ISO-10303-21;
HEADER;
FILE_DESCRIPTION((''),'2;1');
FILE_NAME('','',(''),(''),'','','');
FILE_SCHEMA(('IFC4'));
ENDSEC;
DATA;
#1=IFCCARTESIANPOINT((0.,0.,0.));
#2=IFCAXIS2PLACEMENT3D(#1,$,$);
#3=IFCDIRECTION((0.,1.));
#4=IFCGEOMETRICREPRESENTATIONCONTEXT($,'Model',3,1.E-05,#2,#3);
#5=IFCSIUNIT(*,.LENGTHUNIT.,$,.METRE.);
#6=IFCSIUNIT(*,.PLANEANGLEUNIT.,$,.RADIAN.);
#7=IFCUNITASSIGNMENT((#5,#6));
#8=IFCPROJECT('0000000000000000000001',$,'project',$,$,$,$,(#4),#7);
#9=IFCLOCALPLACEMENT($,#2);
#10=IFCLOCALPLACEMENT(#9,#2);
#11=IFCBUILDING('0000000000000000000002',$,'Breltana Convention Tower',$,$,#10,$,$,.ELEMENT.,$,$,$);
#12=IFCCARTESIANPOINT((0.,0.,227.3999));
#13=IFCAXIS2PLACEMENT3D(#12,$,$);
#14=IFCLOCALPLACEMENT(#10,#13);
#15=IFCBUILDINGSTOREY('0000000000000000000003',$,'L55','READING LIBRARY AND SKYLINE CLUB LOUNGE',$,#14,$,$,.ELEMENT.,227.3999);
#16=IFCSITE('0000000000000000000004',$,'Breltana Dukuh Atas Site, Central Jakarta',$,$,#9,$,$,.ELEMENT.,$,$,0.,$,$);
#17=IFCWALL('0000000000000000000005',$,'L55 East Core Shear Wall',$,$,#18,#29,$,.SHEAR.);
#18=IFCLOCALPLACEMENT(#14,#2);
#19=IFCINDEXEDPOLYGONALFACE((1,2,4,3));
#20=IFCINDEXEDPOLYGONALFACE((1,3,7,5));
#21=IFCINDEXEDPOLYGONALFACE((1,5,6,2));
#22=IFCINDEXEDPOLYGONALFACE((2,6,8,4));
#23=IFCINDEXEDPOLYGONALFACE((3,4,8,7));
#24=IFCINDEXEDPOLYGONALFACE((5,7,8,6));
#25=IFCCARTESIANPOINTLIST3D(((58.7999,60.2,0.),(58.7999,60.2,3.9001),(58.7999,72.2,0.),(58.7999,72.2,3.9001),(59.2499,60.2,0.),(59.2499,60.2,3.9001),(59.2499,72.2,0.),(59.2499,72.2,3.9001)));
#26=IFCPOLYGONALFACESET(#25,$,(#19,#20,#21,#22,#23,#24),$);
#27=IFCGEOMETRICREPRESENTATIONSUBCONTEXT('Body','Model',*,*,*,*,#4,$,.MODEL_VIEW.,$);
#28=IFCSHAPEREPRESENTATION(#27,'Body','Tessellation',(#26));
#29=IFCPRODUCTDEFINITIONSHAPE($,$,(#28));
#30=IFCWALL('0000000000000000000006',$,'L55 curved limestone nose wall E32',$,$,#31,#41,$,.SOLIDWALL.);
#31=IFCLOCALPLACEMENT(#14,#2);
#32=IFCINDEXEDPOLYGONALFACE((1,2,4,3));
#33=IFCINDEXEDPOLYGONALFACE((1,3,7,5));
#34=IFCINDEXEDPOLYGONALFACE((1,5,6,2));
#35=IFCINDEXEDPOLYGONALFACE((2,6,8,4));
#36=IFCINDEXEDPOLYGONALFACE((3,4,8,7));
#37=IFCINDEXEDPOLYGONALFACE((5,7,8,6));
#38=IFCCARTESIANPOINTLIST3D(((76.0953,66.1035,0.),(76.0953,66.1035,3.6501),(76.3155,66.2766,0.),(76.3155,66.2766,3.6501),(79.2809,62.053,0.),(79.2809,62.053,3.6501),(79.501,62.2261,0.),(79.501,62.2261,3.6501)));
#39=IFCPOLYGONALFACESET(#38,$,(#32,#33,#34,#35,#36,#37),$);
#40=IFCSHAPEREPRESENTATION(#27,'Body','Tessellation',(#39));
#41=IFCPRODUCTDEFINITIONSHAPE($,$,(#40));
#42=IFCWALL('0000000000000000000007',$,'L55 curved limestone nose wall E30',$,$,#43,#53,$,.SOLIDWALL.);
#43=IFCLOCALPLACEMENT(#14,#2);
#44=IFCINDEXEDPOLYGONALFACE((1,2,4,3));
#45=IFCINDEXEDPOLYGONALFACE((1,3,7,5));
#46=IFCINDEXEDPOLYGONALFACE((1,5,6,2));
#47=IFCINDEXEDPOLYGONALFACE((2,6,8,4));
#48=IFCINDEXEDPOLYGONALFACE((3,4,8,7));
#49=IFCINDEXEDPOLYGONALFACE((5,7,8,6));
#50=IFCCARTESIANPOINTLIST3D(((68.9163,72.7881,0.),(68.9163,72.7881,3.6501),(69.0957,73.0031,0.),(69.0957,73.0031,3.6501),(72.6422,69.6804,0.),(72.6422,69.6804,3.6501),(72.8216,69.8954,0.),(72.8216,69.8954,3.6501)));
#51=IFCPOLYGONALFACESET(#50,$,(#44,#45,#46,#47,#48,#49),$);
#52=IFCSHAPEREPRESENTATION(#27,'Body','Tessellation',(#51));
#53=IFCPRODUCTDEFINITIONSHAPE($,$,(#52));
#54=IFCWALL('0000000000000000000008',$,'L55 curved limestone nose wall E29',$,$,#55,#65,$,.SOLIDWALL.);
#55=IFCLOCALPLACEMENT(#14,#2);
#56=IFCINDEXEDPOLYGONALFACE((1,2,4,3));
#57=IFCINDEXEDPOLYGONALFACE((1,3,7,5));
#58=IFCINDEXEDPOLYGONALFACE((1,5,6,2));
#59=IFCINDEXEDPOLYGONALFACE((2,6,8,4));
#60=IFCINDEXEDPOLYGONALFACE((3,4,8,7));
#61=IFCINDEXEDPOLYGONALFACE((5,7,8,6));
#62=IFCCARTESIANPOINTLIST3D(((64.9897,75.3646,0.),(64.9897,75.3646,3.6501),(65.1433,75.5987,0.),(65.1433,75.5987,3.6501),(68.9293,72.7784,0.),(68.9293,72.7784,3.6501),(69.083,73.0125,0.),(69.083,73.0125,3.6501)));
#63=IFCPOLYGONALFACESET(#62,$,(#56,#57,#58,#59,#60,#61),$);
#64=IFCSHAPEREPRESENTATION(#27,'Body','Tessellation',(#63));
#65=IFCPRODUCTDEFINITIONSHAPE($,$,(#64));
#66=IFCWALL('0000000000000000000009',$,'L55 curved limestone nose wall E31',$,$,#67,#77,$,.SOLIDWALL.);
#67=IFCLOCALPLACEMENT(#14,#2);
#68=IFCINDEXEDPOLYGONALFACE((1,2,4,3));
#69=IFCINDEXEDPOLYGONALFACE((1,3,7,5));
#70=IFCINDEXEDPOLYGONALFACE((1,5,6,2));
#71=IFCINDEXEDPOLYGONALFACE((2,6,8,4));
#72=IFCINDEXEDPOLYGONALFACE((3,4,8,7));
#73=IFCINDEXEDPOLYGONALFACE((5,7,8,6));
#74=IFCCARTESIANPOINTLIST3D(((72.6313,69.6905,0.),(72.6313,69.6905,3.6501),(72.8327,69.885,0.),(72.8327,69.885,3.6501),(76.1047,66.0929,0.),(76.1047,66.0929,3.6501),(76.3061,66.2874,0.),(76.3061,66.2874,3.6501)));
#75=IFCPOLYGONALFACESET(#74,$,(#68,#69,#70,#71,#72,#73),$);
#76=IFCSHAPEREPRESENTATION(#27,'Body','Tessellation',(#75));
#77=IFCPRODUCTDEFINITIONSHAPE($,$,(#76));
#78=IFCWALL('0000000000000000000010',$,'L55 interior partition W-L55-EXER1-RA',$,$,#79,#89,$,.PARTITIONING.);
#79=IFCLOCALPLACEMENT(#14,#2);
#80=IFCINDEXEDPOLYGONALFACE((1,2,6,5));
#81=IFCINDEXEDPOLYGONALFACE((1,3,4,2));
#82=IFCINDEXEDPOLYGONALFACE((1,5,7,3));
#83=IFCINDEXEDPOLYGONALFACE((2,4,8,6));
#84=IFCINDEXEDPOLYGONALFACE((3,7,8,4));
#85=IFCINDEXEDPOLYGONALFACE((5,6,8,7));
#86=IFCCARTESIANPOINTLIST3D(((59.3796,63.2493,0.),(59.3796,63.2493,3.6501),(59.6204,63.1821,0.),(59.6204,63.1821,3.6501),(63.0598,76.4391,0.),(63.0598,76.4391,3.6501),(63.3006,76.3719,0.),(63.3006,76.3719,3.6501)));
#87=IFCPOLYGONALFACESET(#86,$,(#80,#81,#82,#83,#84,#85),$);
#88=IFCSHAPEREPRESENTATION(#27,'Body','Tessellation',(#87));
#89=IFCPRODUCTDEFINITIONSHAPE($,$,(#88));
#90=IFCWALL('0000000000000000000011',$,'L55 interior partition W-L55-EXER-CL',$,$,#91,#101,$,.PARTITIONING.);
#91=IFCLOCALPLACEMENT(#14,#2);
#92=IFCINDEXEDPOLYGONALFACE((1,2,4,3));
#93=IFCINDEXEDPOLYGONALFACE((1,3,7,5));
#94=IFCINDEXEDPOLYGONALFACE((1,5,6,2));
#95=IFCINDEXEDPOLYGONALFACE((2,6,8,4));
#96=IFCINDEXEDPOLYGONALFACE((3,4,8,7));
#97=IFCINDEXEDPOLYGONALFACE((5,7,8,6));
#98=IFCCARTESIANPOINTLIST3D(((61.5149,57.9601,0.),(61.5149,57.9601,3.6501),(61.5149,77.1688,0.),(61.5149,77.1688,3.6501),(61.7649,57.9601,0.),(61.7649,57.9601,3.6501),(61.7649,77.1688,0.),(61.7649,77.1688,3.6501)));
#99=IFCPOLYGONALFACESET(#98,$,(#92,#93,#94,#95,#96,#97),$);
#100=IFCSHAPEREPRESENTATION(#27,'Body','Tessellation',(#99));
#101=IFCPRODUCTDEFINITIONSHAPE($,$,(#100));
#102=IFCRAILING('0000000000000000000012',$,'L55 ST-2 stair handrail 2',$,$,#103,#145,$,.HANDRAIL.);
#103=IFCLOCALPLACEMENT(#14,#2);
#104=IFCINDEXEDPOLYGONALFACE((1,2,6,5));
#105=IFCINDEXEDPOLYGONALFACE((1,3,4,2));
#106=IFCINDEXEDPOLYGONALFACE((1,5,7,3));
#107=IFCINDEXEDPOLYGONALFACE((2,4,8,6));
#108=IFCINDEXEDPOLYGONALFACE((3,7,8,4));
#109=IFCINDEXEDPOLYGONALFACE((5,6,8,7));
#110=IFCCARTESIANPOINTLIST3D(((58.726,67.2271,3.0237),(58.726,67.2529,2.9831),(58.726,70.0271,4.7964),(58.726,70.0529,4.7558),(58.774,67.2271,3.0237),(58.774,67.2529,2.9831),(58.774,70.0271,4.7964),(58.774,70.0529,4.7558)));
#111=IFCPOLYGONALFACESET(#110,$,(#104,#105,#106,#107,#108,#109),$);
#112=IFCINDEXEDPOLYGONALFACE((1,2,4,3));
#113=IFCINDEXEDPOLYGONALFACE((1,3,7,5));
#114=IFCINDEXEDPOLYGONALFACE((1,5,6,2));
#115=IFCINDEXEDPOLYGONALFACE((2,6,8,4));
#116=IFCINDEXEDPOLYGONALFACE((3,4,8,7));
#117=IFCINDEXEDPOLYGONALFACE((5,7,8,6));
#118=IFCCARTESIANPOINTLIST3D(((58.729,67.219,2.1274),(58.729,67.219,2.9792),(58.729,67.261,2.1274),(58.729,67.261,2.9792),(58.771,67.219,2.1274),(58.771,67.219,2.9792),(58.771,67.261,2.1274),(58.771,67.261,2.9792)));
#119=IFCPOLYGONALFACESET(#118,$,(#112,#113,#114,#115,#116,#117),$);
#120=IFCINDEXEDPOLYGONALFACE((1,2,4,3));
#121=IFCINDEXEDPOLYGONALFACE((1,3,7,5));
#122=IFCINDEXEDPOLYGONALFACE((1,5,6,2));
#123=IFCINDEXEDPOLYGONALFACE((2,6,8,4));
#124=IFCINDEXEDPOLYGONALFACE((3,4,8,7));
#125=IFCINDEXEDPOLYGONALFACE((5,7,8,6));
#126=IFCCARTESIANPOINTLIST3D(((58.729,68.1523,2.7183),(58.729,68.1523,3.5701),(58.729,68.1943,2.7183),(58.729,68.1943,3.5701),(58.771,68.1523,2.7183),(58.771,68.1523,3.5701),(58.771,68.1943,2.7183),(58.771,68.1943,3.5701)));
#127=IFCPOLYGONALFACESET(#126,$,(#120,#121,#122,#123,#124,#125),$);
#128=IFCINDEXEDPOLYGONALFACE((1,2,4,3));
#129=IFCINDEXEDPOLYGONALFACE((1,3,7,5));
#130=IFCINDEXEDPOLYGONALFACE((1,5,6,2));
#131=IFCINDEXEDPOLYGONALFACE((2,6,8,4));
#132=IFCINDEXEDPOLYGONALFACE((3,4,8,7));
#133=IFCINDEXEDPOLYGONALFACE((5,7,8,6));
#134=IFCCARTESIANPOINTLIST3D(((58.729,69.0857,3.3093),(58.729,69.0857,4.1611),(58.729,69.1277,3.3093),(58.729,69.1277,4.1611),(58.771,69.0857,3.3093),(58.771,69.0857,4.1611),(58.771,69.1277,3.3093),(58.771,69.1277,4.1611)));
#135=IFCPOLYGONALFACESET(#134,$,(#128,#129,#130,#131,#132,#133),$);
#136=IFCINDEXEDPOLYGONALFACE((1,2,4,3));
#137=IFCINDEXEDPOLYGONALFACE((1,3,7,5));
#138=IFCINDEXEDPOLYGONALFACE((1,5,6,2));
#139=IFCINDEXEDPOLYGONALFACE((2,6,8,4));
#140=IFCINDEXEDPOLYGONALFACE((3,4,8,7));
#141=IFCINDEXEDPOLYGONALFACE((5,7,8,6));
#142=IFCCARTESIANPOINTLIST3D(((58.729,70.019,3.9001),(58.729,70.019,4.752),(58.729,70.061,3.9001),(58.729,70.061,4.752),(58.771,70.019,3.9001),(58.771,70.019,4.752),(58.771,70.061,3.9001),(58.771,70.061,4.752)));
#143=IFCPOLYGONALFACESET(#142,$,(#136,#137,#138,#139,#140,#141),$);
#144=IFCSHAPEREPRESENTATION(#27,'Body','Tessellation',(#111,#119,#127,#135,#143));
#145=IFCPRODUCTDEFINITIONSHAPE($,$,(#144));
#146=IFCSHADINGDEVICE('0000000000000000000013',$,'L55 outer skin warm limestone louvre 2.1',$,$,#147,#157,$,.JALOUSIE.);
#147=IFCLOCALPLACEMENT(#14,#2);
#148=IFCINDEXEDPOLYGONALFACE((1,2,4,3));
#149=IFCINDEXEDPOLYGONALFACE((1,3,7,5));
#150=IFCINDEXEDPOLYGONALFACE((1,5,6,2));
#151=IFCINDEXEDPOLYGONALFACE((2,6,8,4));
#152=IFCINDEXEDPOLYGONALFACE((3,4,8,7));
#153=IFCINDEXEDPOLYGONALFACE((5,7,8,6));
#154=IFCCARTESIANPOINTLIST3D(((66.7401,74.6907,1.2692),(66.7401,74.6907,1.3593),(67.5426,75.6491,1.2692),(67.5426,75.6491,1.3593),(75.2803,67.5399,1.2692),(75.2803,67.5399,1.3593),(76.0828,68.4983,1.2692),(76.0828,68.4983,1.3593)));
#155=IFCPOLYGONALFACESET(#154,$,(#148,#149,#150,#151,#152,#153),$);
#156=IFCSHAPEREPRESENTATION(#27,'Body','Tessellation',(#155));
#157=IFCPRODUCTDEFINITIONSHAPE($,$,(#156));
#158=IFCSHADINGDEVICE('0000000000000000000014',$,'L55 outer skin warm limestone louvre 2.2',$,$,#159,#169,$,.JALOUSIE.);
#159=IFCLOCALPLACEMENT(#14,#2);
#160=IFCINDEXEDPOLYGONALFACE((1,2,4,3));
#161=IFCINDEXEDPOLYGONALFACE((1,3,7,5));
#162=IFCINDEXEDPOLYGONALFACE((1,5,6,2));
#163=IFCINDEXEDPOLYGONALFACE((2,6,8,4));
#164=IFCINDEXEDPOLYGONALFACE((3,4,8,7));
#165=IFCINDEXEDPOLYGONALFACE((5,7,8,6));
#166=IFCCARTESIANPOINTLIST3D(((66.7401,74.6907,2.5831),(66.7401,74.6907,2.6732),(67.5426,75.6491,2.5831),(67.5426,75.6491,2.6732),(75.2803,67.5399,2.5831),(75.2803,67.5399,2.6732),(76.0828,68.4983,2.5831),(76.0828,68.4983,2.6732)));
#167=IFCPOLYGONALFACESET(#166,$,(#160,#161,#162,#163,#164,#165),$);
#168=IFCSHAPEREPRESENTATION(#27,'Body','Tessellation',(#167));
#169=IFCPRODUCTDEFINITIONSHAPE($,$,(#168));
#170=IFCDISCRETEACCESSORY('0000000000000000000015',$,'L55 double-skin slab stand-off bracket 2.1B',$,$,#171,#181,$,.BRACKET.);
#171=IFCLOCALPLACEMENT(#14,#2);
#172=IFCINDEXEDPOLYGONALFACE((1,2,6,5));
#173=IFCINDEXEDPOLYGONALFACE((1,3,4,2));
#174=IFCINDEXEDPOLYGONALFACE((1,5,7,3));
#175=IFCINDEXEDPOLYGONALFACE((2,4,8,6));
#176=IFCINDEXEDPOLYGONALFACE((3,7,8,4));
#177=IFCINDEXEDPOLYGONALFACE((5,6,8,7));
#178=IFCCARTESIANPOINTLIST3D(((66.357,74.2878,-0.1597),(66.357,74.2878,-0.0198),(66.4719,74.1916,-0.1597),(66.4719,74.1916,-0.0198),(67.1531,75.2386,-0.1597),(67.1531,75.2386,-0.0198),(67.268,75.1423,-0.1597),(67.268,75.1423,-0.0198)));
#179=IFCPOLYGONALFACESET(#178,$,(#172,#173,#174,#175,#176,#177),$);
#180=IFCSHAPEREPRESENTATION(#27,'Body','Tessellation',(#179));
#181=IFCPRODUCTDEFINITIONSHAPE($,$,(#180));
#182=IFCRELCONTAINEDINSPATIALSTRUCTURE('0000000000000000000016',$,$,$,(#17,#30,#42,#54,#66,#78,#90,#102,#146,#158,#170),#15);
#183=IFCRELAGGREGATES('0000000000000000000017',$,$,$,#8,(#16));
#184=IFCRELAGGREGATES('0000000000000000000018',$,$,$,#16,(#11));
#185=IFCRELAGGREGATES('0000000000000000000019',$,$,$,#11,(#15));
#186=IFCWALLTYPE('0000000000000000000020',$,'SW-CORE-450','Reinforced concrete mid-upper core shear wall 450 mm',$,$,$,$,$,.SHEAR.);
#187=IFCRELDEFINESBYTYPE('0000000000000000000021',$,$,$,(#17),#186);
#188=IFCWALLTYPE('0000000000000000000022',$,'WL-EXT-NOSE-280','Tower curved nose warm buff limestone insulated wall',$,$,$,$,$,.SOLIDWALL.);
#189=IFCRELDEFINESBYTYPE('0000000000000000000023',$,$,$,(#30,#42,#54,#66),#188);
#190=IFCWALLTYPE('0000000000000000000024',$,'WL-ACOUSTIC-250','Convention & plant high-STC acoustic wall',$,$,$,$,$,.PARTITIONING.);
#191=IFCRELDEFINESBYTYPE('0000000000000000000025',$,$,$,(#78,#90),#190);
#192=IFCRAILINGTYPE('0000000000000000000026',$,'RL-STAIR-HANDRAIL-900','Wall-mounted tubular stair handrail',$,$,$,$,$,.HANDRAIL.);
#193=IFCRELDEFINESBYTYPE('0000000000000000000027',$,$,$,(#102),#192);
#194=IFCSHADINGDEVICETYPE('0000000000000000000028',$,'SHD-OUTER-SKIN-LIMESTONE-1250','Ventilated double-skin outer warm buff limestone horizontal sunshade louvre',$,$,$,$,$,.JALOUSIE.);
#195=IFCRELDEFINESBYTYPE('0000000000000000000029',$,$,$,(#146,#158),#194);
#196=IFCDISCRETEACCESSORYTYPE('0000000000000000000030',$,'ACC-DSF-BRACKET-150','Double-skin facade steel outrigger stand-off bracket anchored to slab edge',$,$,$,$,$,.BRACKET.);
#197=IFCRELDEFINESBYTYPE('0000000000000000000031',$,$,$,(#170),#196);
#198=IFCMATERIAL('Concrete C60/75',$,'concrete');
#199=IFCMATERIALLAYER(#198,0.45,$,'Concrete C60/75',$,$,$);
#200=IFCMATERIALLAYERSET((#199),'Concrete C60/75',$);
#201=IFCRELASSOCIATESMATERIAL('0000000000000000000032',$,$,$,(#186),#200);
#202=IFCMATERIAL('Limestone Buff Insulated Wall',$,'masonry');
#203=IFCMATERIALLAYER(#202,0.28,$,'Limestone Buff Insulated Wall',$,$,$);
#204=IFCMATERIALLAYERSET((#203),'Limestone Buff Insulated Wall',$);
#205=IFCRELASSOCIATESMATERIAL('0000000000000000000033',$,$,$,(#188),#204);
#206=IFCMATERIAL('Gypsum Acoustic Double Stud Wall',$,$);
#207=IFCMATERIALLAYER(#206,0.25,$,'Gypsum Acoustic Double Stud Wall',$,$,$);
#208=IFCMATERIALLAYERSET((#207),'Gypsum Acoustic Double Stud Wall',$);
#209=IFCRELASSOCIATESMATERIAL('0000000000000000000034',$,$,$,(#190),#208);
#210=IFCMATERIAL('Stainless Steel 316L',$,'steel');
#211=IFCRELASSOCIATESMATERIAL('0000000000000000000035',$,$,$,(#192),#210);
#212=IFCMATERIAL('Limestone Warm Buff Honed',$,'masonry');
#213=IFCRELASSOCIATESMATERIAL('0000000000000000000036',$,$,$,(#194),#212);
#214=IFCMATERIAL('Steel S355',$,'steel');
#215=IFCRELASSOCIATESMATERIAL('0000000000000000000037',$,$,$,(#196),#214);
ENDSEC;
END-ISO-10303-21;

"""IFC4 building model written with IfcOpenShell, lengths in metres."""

from ifc_helpers import new_model, si_unit, direction, frame, frame_2d, origin, origin_2d, place, context, subcontext, project, spatial, rectangle, extrude, source, transform, mapped, material, layer, layer_set, material_profile, profile_set, type_object, type_shapes, element, save


model = new_model("IFC4")

# Units and contexts
model_context = context("Model", 3, precision=1e-05, world=origin(), true_north=direction((0.0, 1.0)))
body_context = subcontext(model_context, "Body", "Model", "MODEL_VIEW")
ifc_project = project(units=[si_unit("LENGTHUNIT", "METRE"), si_unit("PLANEANGLEUNIT", "RADIAN")], contexts=[model_context])

# Site, building, storey
site_placement = place(None, origin())
site = spatial("IfcSite", under=ifc_project, at=site_placement, Name="Breltana Dukuh Atas Site, Central Jakarta", CompositionType="ELEMENT", RefElevation=0.0)
building_placement = place(site_placement, origin())
building = spatial("IfcBuilding", under=site, at=building_placement, Name="Breltana Convention Tower", CompositionType="ELEMENT")
storey_placement = place(building_placement, frame((0.0, 0.0, 227.3999)))
storey = spatial("IfcBuildingStorey", under=building, at=storey_placement, Name="L55", Description="READING LIBRARY AND SKYLINE CLUB LOUNGE", CompositionType="ELEMENT", Elevation=227.3999)

# Walls
ifc_material_1 = material(Name="Concrete C60/75", Category="concrete")
ifc_layer_1 = layer(ifc_material_1, 0.45, Name="Concrete C60/75")
ifc_layer_set_1 = layer_set([ifc_layer_1], Name="Concrete C60/75")
wall_type_1 = type_object("IfcWallType", Name="SW-CORE-450", Description="Reinforced concrete mid-upper core shear wall 450 mm", PredefinedType="SHEAR", material=ifc_layer_set_1)
shared_shape_1 = source(origin(), body_context, "Body", "SweptSolid", [
    extrude(rectangle(XDim=12.0, YDim=0.45, at=frame_2d((6.0, 0.0))), origin(), (0.0, 0.0, 1.0), 3.9001),
])
wall_1_placement = place(storey_placement, frame((59.0249, 60.2, 0.0), z_axis=(0.0, 0.0, 1.0), x_axis=(0.0, 1.0, 0.0)))
element("IfcWall", 1, at=wall_1_placement, inside=storey, type_object=wall_type_1, Name="L55 East Core Shear Wall", PredefinedType="SHEAR", context=body_context, shape_type="MappedRepresentation", body=[
    mapped(shared_shape_1, transform((0.0, 0.0, 0.0), scale=1.0)),
])
ifc_material_2 = material(Name="Limestone Buff Insulated Wall", Category="masonry")
ifc_layer_2 = layer(ifc_material_2, 0.28, Name="Limestone Buff Insulated Wall")
ifc_layer_set_2 = layer_set([ifc_layer_2], Name="Limestone Buff Insulated Wall")
wall_type_2 = type_object("IfcWallType", Name="WL-EXT-NOSE-280", Description="Tower curved nose warm buff limestone insulated wall", PredefinedType="SOLIDWALL", material=ifc_layer_set_2)
shared_shape_2 = source(origin(), body_context, "Body", "SweptSolid", [
    extrude(rectangle(XDim=5.1531, YDim=0.28, at=frame_2d((2.5767, 0.0))), origin(), (0.0, 0.0, 1.0), 3.6501),
])
wall_2_placement = place(storey_placement, frame((76.2053, 66.1902, 0.0), z_axis=(0.0, 0.0, 1.0), x_axis=(0.618179, -0.786037, 0.0)))
element("IfcWall", 2, at=wall_2_placement, inside=storey, type_object=wall_type_2, Name="L55 curved limestone nose wall E32", PredefinedType="SOLIDWALL", context=body_context, shape_type="MappedRepresentation", body=[
    mapped(shared_shape_2, transform((0.0, 0.0, 0.0), scale=1.0)),
])
shared_shape_3 = source(origin(), body_context, "Body", "SweptSolid", [
    extrude(rectangle(XDim=4.8518, YDim=0.28, at=frame_2d((2.4258, 0.0))), origin(), (0.0, 0.0, 1.0), 3.6501),
])
wall_3_placement = place(storey_placement, frame((69.0061, 72.8955, 0.0), z_axis=(0.0, 0.0, 1.0), x_axis=(0.767937, -0.640526, 0.0)))
element("IfcWall", 3, at=wall_3_placement, inside=storey, type_object=wall_type_2, Name="L55 curved limestone nose wall E30", PredefinedType="SOLIDWALL", context=body_context, shape_type="MappedRepresentation", body=[
    mapped(shared_shape_3, transform((0.0, 0.0, 0.0), scale=1.0)),
])
shared_shape_4 = source(origin(), body_context, "Body", "SweptSolid", [
    extrude(rectangle(XDim=4.7126, YDim=0.28, at=frame_2d((2.3564, 0.0))), origin(), (0.0, 0.0, 1.0), 3.6501),
])
wall_4_placement = place(storey_placement, frame((65.0664, 75.4817, 0.0), z_axis=(0.0, 0.0, 1.0), x_axis=(0.835974, -0.548768, 0.0)))
element("IfcWall", 4, at=wall_4_placement, inside=storey, type_object=wall_type_2, Name="L55 curved limestone nose wall E29", PredefinedType="SOLIDWALL", context=body_context, shape_type="MappedRepresentation", body=[
    mapped(shared_shape_4, transform((0.0, 0.0, 0.0), scale=1.0)),
])
shared_shape_5 = source(origin(), body_context, "Body", "SweptSolid", [
    extrude(rectangle(XDim=5.0007, YDim=0.28, at=frame_2d((2.5005, 0.0))), origin(), (0.0, 0.0, 1.0), 3.6501),
])
wall_5_placement = place(storey_placement, frame((72.7319, 69.7878, 0.0), z_axis=(0.0, 0.0, 1.0), x_axis=(0.694573, -0.719422, 0.0)))
element("IfcWall", 5, at=wall_5_placement, inside=storey, type_object=wall_type_2, Name="L55 curved limestone nose wall E31", PredefinedType="SOLIDWALL", context=body_context, shape_type="MappedRepresentation", body=[
    mapped(shared_shape_5, transform((0.0, 0.0, 0.0), scale=1.0)),
])
ifc_material_3 = material(Name="Gypsum Acoustic Double Stud Wall")
ifc_layer_3 = layer(ifc_material_3, 0.25, Name="Gypsum Acoustic Double Stud Wall")
ifc_layer_set_3 = layer_set([ifc_layer_3], Name="Gypsum Acoustic Double Stud Wall")
wall_type_3 = type_object("IfcWallType", Name="WL-ACOUSTIC-250", Description="Convention & plant high-STC acoustic wall", PredefinedType="PARTITIONING", material=ifc_layer_set_3)
shared_shape_6 = source(origin(), body_context, "Body", "SweptSolid", [
    extrude(rectangle(XDim=13.6936, YDim=0.25, at=frame_2d((6.8467, 0.0))), origin(), (0.0, 0.0, 1.0), 3.6501),
])
wall_6_placement = place(storey_placement, frame((59.5, 63.2158, 0.0), z_axis=(0.0, 0.0, 1.0), x_axis=(0.268754, 0.963209, 0.0)))
element("IfcWall", 6, at=wall_6_placement, inside=storey, type_object=wall_type_3, Name="L55 interior partition W-L55-EXER1-RA", PredefinedType="PARTITIONING", context=body_context, shape_type="MappedRepresentation", body=[
    mapped(shared_shape_6, transform((0.0, 0.0, 0.0), scale=1.0)),
])
shared_shape_7 = source(origin(), body_context, "Body", "SweptSolid", [
    extrude(rectangle(XDim=19.2087, YDim=0.25, at=frame_2d((9.6045, 0.0))), origin(), (0.0, 0.0, 1.0), 3.6501),
])
wall_7_placement = place(storey_placement, frame((61.6399, 57.96, 0.0), z_axis=(0.0, 0.0, 1.0), x_axis=(0.0, 1.0, 0.0)))
element("IfcWall", 7, at=wall_7_placement, inside=storey, type_object=wall_type_3, Name="L55 interior partition W-L55-EXER-CL", PredefinedType="PARTITIONING", context=body_context, shape_type="MappedRepresentation", body=[
    mapped(shared_shape_7, transform((0.0, 0.0, 0.0), scale=1.0)),
])

# Railing
ifc_material_4 = material(Name="Stainless Steel 316L", Category="steel")
railing_type = type_object("IfcRailingType", Name="RL-STAIR-HANDRAIL-900", Description="Wall-mounted tubular stair handrail", PredefinedType="HANDRAIL", material=ifc_material_4)
railing_placement = place(storey_placement, frame((58.75, 67.24, 2.1274)))
element("IfcRailing", 8, at=railing_placement, inside=storey, type_object=railing_type, Name="L55 ST-2 stair handrail 2", PredefinedType="HANDRAIL", context=body_context, shape_type="SweptSolid", body=[
    extrude(rectangle(XDim=0.0481, YDim=0.0481, at=origin_2d()), frame((0.0, 0.0, 0.876), z_axis=(0.0, 0.844909, 0.53491), x_axis=(-1.0, 0.0, 0.0)), (0.0, 0.0, 1.0), 3.314),
    extrude(rectangle(XDim=0.042, YDim=0.042, at=origin_2d()), origin(), (0.0, 0.0, 1.0), 0.8518),
    extrude(rectangle(XDim=0.042, YDim=0.042, at=origin_2d()), frame((0.0, 0.9333, 0.5908)), (0.0, 0.0, 1.0), 0.8518),
    extrude(rectangle(XDim=0.042, YDim=0.042, at=origin_2d()), frame((0.0, 1.8667, 1.1819)), (0.0, 0.0, 1.0), 0.8518),
    extrude(rectangle(XDim=0.042, YDim=0.042, at=origin_2d()), frame((0.0, 2.8, 1.7727)), (0.0, 0.0, 1.0), 0.8518),
])

# Shading devices
ifc_material_5 = material(Name="Limestone Warm Buff Honed", Category="masonry")
ifc_material_profile_1 = material_profile(ifc_material_5, rectangle(XDim=1.25, YDim=0.0901, at=origin_2d()), Name="STN-LVR-1250X90")
ifc_profile_set_1 = profile_set([ifc_material_profile_1], Name="Limestone Warm Buff Honed")
shading_device_type = type_object("IfcShadingDeviceType", Name="SHD-OUTER-SKIN-LIMESTONE-1250", Description="Ventilated double-skin outer warm buff limestone horizontal sunshade louvre", PredefinedType="JALOUSIE", material=ifc_profile_set_1)
shared_shape_8 = source(origin(), body_context, "Body", "SweptSolid", [
    extrude(rectangle(XDim=1.25, YDim=0.0901, at=origin_2d()), origin(), (0.0, 0.0, 1.0), 11.1387),
])
for number, where, z_axis, x_axis, name in (
    (9, (67.1414, 75.1699, 1.3142), (0.766719, -0.641983, 0.0), (0.641983, 0.766719, 0.0), "L55 outer skin warm limestone louvre 2.1"),
    (10, (67.1414, 75.1699, 2.6282), (0.766719, -0.641983, 0.0), (0.641983, 0.766719, 0.0), "L55 outer skin warm limestone louvre 2.2"),
):
    element("IfcShadingDevice", number, at=place(storey_placement, frame(where, z_axis=z_axis, x_axis=x_axis)), inside=storey, type_object=shading_device_type, Name=name, PredefinedType="JALOUSIE", context=body_context, shape_type="MappedRepresentation", body=[
        mapped(shared_shape_8, transform((0.0, 0.0, 0.0), scale=1.0)),
    ])

# Discrete accessory
ifc_material_6 = material(Name="Steel S355", Category="steel")
discrete_accessory_type_1 = type_object("IfcDiscreteAccessoryType", Name="ACC-DSF-BRACKET-150", Description="Double-skin facade steel outrigger stand-off bracket anchored to slab edge", PredefinedType="BRACKET", material=ifc_material_6)
shared_shape_9 = source(origin(), body_context, "Body", "SweptSolid", [
    extrude(rectangle(XDim=1.24, YDim=0.1499, at=origin_2d()), origin(), (0.0, 0.0, 1.0), 0.1399),
])
type_shapes(discrete_accessory_type_1, [shared_shape_9])
for number, where, z_axis, x_axis, name in (
    (11, (66.8125, 74.7151, -0.1597), (0.0, 0.0, 1.0), (0.641984, 0.766718, 0.0), "L55 double-skin slab stand-off bracket 2.1B"),
):
    element("IfcDiscreteAccessory", number, at=place(storey_placement, frame(where, z_axis=z_axis, x_axis=x_axis)), inside=storey, type_object=discrete_accessory_type_1, Name=name, PredefinedType="BRACKET", context=body_context, shape_type="MappedRepresentation", body=[
        mapped(shared_shape_9, transform((0.0, 0.0, 0.0), scale=1.0)),
    ])

save(model, "model.ifc")
